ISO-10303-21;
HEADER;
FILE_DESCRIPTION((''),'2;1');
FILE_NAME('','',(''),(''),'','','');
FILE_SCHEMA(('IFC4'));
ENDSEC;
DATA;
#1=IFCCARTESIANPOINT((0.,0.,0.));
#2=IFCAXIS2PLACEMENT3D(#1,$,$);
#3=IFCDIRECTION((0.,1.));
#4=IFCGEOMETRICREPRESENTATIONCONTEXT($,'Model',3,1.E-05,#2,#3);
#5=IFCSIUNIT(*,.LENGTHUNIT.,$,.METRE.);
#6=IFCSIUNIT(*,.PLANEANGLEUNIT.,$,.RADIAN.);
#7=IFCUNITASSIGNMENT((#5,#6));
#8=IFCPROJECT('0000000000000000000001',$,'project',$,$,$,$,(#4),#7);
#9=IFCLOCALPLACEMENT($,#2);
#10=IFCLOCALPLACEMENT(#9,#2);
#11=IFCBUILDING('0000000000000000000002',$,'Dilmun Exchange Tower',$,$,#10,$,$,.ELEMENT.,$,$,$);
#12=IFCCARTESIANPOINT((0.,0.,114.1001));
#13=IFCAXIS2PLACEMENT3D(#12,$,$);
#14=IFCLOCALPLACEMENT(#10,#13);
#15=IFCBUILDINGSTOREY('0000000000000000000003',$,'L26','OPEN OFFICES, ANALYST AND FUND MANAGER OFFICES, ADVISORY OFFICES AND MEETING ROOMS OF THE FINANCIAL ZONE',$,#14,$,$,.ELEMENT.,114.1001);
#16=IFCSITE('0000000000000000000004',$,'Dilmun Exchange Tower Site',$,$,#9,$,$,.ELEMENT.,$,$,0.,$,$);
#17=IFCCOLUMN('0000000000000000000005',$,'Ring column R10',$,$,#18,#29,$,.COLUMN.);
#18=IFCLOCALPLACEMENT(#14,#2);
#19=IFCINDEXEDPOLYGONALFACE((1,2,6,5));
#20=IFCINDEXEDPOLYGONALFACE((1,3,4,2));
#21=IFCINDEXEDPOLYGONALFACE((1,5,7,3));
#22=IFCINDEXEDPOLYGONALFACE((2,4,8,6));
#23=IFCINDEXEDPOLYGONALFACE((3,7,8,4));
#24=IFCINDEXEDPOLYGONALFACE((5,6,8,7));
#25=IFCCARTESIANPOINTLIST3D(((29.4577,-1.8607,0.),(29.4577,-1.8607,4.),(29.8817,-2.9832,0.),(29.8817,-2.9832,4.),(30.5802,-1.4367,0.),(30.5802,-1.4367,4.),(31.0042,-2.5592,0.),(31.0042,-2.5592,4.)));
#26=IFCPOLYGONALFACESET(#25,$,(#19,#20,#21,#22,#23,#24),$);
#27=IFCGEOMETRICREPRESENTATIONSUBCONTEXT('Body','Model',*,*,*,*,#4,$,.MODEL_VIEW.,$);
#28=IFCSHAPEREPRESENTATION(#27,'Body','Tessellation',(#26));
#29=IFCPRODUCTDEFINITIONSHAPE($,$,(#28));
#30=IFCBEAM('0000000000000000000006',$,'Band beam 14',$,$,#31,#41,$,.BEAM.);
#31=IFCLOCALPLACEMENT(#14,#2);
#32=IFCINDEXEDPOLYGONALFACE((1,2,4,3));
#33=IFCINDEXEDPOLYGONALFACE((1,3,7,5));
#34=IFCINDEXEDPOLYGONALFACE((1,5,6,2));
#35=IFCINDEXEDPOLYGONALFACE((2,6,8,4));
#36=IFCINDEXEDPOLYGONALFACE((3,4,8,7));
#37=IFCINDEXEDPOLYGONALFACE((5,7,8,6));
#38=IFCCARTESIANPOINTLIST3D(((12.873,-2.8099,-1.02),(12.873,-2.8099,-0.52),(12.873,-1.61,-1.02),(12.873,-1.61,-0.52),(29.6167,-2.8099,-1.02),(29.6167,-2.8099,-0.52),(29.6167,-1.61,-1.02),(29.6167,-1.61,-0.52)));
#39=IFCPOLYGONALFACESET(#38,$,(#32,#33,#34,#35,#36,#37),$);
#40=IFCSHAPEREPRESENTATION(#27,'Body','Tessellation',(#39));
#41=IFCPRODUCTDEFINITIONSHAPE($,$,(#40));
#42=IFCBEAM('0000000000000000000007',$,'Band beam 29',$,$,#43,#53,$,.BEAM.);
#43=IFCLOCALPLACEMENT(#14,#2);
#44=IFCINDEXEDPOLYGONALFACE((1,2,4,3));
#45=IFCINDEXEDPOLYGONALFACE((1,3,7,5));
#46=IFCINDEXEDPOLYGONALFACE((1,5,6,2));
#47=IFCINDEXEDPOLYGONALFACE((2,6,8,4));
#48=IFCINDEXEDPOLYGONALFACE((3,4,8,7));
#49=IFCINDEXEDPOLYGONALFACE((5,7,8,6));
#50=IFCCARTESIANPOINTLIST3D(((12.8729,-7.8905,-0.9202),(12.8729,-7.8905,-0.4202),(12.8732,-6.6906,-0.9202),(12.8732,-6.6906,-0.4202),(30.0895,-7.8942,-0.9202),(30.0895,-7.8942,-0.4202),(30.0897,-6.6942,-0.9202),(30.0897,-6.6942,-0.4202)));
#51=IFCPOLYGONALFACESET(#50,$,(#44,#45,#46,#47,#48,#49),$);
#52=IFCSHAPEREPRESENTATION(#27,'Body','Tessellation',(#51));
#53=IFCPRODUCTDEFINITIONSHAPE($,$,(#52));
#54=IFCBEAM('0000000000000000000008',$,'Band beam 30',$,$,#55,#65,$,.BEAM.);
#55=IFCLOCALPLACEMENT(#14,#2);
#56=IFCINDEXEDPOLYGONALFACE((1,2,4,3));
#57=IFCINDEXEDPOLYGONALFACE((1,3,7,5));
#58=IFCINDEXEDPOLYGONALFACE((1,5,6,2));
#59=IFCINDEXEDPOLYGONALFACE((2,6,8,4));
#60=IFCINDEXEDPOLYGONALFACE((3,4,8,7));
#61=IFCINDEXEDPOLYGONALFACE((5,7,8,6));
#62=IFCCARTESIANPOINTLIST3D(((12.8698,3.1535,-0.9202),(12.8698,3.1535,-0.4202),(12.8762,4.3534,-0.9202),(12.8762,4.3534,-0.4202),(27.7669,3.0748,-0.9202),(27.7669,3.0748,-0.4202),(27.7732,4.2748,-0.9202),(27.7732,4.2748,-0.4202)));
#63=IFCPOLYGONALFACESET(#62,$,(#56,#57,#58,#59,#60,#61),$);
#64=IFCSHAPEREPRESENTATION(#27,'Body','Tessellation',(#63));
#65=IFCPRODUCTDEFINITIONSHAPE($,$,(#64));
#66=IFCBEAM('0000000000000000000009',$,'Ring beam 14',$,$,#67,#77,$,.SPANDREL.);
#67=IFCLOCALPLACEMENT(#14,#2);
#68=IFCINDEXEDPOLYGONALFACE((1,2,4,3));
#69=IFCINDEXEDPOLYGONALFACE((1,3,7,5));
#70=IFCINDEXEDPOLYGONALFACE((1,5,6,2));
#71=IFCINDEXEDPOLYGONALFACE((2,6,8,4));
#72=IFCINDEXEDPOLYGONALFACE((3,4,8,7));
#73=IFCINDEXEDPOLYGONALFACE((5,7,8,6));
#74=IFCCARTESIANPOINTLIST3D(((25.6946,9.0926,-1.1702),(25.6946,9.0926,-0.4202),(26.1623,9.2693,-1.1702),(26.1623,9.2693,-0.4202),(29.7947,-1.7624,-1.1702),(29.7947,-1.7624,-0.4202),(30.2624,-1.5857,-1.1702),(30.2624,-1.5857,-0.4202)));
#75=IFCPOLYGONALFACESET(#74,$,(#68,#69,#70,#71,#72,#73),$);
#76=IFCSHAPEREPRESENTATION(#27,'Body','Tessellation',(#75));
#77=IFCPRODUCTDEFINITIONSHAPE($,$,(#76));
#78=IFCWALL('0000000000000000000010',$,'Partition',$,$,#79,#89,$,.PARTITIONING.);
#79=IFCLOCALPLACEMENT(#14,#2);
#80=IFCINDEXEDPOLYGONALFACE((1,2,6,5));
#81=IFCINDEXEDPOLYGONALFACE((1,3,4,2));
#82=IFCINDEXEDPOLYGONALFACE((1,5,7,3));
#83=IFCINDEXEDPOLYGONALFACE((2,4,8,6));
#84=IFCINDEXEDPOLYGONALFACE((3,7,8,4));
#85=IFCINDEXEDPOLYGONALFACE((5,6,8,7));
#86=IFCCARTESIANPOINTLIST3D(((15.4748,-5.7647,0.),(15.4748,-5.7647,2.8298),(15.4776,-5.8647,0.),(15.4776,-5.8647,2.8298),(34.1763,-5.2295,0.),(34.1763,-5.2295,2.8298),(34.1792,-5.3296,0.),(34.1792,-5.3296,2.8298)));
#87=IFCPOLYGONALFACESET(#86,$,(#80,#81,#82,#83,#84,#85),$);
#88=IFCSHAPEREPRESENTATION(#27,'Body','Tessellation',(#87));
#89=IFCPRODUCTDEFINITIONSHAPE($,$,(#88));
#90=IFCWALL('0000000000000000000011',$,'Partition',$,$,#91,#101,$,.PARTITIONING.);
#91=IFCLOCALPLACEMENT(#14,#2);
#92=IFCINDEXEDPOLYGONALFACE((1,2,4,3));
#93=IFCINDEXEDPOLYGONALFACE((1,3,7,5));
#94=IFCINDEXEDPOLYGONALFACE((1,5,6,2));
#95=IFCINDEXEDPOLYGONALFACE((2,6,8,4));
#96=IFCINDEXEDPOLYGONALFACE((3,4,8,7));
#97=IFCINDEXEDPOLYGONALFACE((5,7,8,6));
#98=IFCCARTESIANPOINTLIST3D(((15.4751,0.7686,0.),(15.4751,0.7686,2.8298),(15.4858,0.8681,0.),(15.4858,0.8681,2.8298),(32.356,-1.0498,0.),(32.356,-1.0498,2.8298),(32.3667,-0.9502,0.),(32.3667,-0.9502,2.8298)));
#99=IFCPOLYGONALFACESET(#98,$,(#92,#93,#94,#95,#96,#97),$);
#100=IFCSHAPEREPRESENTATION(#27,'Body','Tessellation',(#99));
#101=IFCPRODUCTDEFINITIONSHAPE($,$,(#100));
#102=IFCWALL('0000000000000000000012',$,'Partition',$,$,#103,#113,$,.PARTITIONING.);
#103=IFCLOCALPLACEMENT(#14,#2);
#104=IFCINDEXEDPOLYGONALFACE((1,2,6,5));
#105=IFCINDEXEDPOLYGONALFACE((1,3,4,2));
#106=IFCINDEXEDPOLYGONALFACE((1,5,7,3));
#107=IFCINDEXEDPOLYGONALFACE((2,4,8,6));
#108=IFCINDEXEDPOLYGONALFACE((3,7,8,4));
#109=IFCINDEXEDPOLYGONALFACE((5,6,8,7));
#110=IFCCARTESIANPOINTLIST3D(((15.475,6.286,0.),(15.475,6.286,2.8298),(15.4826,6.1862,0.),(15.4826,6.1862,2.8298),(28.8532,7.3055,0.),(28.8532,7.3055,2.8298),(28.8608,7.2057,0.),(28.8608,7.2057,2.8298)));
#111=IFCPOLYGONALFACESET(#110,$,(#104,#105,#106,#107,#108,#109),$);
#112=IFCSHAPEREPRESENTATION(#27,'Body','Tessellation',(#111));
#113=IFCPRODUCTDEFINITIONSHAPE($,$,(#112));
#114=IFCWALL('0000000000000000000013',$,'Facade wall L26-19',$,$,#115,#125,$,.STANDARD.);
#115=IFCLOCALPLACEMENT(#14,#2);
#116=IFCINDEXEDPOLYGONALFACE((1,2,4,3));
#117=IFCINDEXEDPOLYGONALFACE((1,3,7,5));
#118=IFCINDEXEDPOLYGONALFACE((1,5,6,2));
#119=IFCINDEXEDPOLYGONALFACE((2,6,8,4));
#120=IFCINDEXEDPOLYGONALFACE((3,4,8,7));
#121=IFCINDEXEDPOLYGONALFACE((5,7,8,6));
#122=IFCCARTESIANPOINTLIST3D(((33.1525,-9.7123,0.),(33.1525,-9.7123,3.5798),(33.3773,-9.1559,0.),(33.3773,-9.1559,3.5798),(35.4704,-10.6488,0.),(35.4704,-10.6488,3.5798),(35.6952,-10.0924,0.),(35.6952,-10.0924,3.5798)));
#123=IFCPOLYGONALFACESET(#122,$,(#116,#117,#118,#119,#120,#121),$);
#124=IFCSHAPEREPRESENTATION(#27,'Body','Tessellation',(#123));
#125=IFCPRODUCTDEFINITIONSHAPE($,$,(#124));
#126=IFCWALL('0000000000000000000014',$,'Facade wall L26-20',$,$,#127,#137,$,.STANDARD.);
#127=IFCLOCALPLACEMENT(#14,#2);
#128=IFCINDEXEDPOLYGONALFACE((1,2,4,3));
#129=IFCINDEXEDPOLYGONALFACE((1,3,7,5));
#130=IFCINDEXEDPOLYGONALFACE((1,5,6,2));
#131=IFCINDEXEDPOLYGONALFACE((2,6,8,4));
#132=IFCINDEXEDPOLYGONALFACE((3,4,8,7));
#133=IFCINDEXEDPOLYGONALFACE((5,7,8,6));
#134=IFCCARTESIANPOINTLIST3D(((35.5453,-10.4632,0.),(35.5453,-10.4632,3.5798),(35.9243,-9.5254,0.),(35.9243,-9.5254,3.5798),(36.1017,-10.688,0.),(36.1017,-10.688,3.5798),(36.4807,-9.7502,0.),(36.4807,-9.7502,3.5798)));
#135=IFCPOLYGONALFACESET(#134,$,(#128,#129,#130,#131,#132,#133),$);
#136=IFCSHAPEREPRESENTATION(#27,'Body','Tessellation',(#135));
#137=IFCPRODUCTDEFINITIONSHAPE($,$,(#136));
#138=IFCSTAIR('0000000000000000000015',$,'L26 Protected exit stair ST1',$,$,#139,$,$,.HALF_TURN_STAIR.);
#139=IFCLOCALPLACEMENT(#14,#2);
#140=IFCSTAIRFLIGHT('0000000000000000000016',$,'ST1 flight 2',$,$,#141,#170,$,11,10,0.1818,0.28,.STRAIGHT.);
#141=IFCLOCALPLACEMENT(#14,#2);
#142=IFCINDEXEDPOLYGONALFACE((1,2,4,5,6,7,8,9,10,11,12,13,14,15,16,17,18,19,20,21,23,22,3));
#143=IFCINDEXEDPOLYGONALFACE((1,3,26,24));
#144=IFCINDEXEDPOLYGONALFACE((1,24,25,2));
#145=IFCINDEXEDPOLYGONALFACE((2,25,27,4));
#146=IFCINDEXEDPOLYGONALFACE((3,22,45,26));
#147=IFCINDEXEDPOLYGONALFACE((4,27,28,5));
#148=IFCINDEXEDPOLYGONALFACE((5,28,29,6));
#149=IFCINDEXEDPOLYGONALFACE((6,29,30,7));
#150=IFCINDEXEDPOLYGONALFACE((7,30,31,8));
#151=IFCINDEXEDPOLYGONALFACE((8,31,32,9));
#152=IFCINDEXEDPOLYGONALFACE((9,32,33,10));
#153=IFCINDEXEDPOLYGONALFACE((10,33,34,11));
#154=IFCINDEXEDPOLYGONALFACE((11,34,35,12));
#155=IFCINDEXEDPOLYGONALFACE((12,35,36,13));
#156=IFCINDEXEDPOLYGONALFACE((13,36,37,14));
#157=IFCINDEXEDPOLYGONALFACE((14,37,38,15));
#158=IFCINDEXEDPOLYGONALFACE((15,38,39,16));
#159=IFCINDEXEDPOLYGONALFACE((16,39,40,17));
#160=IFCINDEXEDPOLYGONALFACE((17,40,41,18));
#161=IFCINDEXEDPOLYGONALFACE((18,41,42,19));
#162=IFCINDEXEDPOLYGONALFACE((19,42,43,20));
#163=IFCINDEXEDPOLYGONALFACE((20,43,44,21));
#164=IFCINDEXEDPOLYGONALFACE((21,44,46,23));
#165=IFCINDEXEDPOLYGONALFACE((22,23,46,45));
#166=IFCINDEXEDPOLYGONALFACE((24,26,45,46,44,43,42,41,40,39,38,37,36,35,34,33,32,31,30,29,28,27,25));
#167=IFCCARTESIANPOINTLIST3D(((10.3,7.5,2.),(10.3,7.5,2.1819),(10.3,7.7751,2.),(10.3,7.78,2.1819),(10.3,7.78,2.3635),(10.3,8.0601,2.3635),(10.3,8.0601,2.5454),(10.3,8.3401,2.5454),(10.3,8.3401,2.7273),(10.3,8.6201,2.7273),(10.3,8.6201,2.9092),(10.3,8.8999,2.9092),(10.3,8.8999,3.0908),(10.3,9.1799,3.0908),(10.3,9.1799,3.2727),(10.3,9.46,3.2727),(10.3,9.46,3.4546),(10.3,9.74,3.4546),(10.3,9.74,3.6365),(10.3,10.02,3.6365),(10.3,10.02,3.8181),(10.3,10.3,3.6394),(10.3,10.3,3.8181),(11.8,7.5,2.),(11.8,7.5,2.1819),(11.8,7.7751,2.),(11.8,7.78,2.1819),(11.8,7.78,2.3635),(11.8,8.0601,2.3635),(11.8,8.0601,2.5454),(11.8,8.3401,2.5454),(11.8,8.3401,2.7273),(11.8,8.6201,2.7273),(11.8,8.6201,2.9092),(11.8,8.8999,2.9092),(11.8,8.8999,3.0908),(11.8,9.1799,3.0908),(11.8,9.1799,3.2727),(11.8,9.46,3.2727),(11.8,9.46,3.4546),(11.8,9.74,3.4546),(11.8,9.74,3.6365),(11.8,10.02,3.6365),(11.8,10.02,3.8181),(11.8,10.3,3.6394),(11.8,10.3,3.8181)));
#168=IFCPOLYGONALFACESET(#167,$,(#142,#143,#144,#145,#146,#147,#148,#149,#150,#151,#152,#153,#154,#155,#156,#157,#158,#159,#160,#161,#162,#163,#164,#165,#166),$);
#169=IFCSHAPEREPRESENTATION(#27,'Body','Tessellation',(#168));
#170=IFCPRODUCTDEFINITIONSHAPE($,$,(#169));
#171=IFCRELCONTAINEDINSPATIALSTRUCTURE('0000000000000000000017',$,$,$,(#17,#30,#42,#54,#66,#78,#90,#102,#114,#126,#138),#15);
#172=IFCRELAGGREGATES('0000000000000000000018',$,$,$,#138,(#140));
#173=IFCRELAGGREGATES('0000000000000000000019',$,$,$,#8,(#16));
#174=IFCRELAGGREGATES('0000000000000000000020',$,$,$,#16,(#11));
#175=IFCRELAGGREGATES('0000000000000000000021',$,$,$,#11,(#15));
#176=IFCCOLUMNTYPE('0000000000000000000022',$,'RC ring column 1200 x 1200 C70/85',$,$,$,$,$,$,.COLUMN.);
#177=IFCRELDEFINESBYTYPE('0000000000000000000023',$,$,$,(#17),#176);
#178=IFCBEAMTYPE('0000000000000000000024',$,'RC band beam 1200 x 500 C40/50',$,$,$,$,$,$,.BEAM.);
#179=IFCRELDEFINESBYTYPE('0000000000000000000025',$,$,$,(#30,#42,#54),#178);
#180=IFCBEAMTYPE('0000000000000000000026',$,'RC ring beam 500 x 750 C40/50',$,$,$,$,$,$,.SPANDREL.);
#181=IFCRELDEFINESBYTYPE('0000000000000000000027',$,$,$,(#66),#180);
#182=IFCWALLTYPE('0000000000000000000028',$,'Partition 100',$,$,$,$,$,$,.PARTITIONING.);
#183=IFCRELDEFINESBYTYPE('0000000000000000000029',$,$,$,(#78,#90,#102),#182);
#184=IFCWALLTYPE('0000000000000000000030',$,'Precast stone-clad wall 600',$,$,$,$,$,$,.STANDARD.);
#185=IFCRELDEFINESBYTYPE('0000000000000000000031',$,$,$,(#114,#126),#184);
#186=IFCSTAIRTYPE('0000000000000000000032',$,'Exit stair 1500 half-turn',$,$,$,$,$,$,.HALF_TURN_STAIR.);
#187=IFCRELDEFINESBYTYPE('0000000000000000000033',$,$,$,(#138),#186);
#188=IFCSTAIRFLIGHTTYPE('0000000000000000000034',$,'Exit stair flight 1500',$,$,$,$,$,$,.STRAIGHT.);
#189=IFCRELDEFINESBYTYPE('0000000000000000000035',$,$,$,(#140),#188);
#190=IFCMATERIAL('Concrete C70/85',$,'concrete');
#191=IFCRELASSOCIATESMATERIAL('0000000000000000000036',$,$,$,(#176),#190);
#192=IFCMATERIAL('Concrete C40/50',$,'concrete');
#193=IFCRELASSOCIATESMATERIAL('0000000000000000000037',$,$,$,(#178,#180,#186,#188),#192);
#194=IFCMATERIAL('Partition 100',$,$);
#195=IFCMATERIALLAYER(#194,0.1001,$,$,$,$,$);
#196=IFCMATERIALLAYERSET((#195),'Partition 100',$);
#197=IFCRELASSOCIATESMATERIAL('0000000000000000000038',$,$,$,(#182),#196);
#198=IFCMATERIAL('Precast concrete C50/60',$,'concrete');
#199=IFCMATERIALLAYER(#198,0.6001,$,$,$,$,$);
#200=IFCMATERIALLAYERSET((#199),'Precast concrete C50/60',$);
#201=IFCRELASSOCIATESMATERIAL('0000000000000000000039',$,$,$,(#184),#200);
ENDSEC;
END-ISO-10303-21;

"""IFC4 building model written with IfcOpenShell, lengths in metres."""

from ifc_helpers import new_model, si_unit, direction, frame, frame_2d, origin, origin_2d, place, context, subcontext, project, spatial, polyline, rectangle, outline, extrude, material, layer, layer_set, material_profile, profile_set, type_object, element, aggregate, save


model = new_model("IFC4")

# Units and contexts
model_context = context("Model", 3, precision=1e-05, world=origin(), true_north=direction((0.0, 1.0)))
body_context = subcontext(model_context, "Body", "Model", "MODEL_VIEW")
ifc_project = project(units=[si_unit("LENGTHUNIT", "METRE"), si_unit("PLANEANGLEUNIT", "RADIAN")], contexts=[model_context])

# Site, building, storey
site_placement = place(None, origin())
site = spatial("IfcSite", under=ifc_project, at=site_placement, Name="Dilmun Exchange Tower Site", CompositionType="ELEMENT", RefElevation=0.0)
building_placement = place(site_placement, origin())
building = spatial("IfcBuilding", under=site, at=building_placement, Name="Dilmun Exchange Tower", CompositionType="ELEMENT")
storey_placement = place(building_placement, frame((0.0, 0.0, 114.1001)))
storey = spatial("IfcBuildingStorey", under=building, at=storey_placement, Name="L26", Description="OPEN OFFICES, ANALYST AND FUND MANAGER OFFICES, ADVISORY OFFICES AND MEETING ROOMS OF THE FINANCIAL ZONE", CompositionType="ELEMENT", Elevation=114.1001)

# Column
ifc_material_1 = material(Name="Concrete C70/85", Category="concrete")
ifc_material_profile_1 = material_profile(ifc_material_1, rectangle(XDim=1.2, YDim=1.2, at=origin_2d()), Name="1200 x 1200")
ifc_profile_set_1 = profile_set([ifc_material_profile_1], Name="Concrete C70/85")
column_type = type_object("IfcColumnType", Name="RC ring column 1200 x 1200 C70/85", PredefinedType="COLUMN", material=ifc_profile_set_1)
column_placement = place(storey_placement, frame((30.231, -2.21, 0.0), z_axis=(0.0, 0.0, 1.0), x_axis=(0.935492, 0.353349, 0.0)))
element("IfcColumn", 1, at=column_placement, inside=storey, type_object=column_type, Name="Ring column R10", PredefinedType="COLUMN", context=body_context, shape_type="SweptSolid", body=[
    extrude(rectangle(XDim=1.2, YDim=1.2, at=origin_2d()), origin(), (0.0, 0.0, 1.0), 4.0),
])

# Beams
ifc_material_2 = material(Name="Concrete C40/50", Category="concrete")
ifc_material_profile_2 = material_profile(ifc_material_2, rectangle(XDim=1.2, YDim=0.5, at=origin_2d()), Name="1200 x 500")
ifc_profile_set_2 = profile_set([ifc_material_profile_2], Name="Concrete C40/50")
beam_type_1 = type_object("IfcBeamType", Name="RC band beam 1200 x 500 C40/50", PredefinedType="BEAM", material=ifc_profile_set_2)
beam_1_placement = place(storey_placement, frame((29.6167, -2.21, -0.77), z_axis=(-1.0, 0.0, 0.0), x_axis=(0.0, -1.0, 0.0)))
element("IfcBeam", 2, at=beam_1_placement, inside=storey, type_object=beam_type_1, Name="Band beam 14", PredefinedType="BEAM", context=body_context, shape_type="SweptSolid", body=[
    extrude(rectangle(XDim=1.2, YDim=0.5, at=origin_2d()), origin(), (0.0, 0.0, 1.0), 16.7437),
])
beam_2_placement = place(storey_placement, frame((30.0896, -7.2942, -0.6702), z_axis=(-1.0, 0.000213, 0.0), x_axis=(-0.000213, -1.0, 0.0)))
element("IfcBeam", 3, at=beam_2_placement, inside=storey, type_object=beam_type_1, Name="Band beam 29", PredefinedType="BEAM", context=body_context, shape_type="SweptSolid", body=[
    extrude(rectangle(XDim=1.2, YDim=0.5, at=origin_2d()), origin(), (0.0, 0.0, 1.0), 17.2166),
])
beam_3_placement = place(storey_placement, frame((27.77, 3.6748, -0.6702), z_axis=(-0.999986, 0.005277, 0.0), x_axis=(-0.005277, -0.999986, 0.0)))
element("IfcBeam", 4, at=beam_3_placement, inside=storey, type_object=beam_type_1, Name="Band beam 30", PredefinedType="BEAM", context=body_context, shape_type="SweptSolid", body=[
    extrude(rectangle(XDim=1.2, YDim=0.5, at=origin_2d()), origin(), (0.0, 0.0, 1.0), 14.8972),
])
ifc_material_profile_3 = material_profile(ifc_material_2, rectangle(XDim=0.5, YDim=0.75, at=origin_2d()), Name="500 x 750")
ifc_profile_set_3 = profile_set([ifc_material_profile_3], Name="Concrete C40/50")
beam_type_2 = type_object("IfcBeamType", Name="RC ring beam 500 x 750 C40/50", PredefinedType="SPANDREL", material=ifc_profile_set_3)
beam_4_placement = place(storey_placement, frame((30.0286, -1.6741, -0.7952), z_axis=(-0.35335, 0.935491, 0.0), x_axis=(-0.935491, -0.35335, 0.0)))
element("IfcBeam", 5, at=beam_4_placement, inside=storey, type_object=beam_type_2, Name="Ring beam 14", PredefinedType="SPANDREL", context=body_context, shape_type="SweptSolid", body=[
    extrude(rectangle(XDim=0.5, YDim=0.75, at=origin_2d()), origin(), (0.0, 0.0, 1.0), 11.6035),
])

# Walls
ifc_material_3 = material(Name="Partition 100")
ifc_layer_1 = layer(ifc_material_3, 0.1001)
ifc_layer_set_1 = layer_set([ifc_layer_1], Name="Partition 100")
wall_type_1 = type_object("IfcWallType", Name="Partition 100", PredefinedType="PARTITIONING", material=ifc_layer_set_1)
wall_1_placement = place(storey_placement, frame((15.4763, -5.8147, 0.0), z_axis=(0.0, 0.0, 1.0), x_axis=(0.999591, 0.028604, 0.0)))
element("IfcWall", 6, at=wall_1_placement, inside=storey, type_object=wall_type_1, Name="Partition", PredefinedType="PARTITIONING", context=body_context, shape_type="SweptSolid", body=[
    extrude(rectangle(XDim=18.7092, YDim=0.1001, at=frame_2d((9.3545, 0.0))), origin(), (0.0, 0.0, 1.0), 2.8298),
])
wall_2_placement = place(storey_placement, frame((15.4805, 0.8184, 0.0), z_axis=(0.0, 0.0, 1.0), x_axis=(0.994249, -0.107098, 0.0)))
element("IfcWall", 7, at=wall_2_placement, inside=storey, type_object=wall_type_1, Name="Partition", PredefinedType="PARTITIONING", context=body_context, shape_type="SweptSolid", body=[
    extrude(rectangle(XDim=16.9785, YDim=0.1001, at=frame_2d((8.4893, 0.0))), origin(), (0.0, 0.0, 1.0), 2.8298),
])
wall_3_placement = place(storey_placement, frame((15.4788, 6.2361, 0.0), z_axis=(0.0, 0.0, 1.0), x_axis=(0.997109, 0.075988, 0.0)))
element("IfcWall", 8, at=wall_3_placement, inside=storey, type_object=wall_type_1, Name="Partition", PredefinedType="PARTITIONING", context=body_context, shape_type="SweptSolid", body=[
    extrude(rectangle(XDim=13.417, YDim=0.1001, at=frame_2d((6.7085, 0.0))), origin(), (0.0, 0.0, 1.0), 2.8298),
])
ifc_material_4 = material(Name="Precast concrete C50/60", Category="concrete")
ifc_layer_2 = layer(ifc_material_4, 0.6001)
ifc_layer_set_2 = layer_set([ifc_layer_2], Name="Precast concrete C50/60")
wall_type_2 = type_object("IfcWallType", Name="Precast stone-clad wall 600", PredefinedType="STANDARD", material=ifc_layer_set_2)
wall_4_placement = place(storey_placement, frame((33.2649, -9.4341, 0.0), z_axis=(0.0, 0.0, 1.0), x_axis=(0.927178, -0.374621, 0.0)))
element("IfcWall", 9, at=wall_4_placement, inside=storey, type_object=wall_type_2, Name="Facade wall L26-19", PredefinedType="STANDARD", context=body_context, shape_type="SweptSolid", body=[
    extrude(rectangle(XDim=2.5, YDim=0.6001, at=frame_2d((1.25, 0.0))), origin(), (0.0, 0.0, 1.0), 3.5798),
])
wall_5_placement = place(storey_placement, frame((35.8235, -10.5757, 0.0), z_axis=(0.0, 0.0, 1.0), x_axis=(0.374635, 0.927173, 0.0)))
element("IfcWall", 10, at=wall_5_placement, inside=storey, type_object=wall_type_2, Name="Facade wall L26-20", PredefinedType="STANDARD", context=body_context, shape_type="SweptSolid", body=[
    extrude(rectangle(XDim=1.0115, YDim=0.6001, at=frame_2d((0.5059, 0.0))), origin(), (0.0, 0.0, 1.0), 3.5798),
])

# Stair, stair flight
stair_type = type_object("IfcStairType", Name="Exit stair 1500 half-turn", PredefinedType="HALF_TURN_STAIR", material=ifc_material_2)
stair_placement = place(storey_placement, origin())
stair = element("IfcStair", 11, at=stair_placement, inside=storey, type_object=stair_type, Name="L26 Protected exit stair ST1", PredefinedType="HALF_TURN_STAIR")
stair_flight_type = type_object("IfcStairFlightType", Name="Exit stair flight 1500", PredefinedType="STRAIGHT", material=ifc_material_2)
stair_flight_placement = place(storey_placement, frame((11.05, 7.5, 2.0), z_axis=(0.0, 0.0, 1.0), x_axis=(0.0, 1.0, 0.0)))
stair_flight = element("IfcStairFlight", 12, at=stair_flight_placement, type_object=stair_flight_type, Name="ST1 flight 2", NumberOfRisers=11, NumberOfTreads=10, PredefinedType="STRAIGHT", RiserHeight=0.1818, TreadLength=0.28, context=body_context, shape_type="SweptSolid", body=[
    extrude(outline(polyline([(0.0, 0.0), (0.0, 0.1819), (0.28, 0.1819), (0.28, 0.3635), (0.5601, 0.3635), (0.5601, 0.5454), (0.8401, 0.5454), (0.8401, 0.7273), (1.1201, 0.7273), (1.1201, 0.9092), (1.3999, 0.9092), (1.3999, 1.0908), (1.6799, 1.0908), (1.6799, 1.2727), (1.96, 1.2727), (1.96, 1.4546), (2.24, 1.4546), (2.24, 1.6365), (2.52, 1.6365), (2.52, 1.8181), (2.8, 1.8181), (2.8, 2.0), (2.8, 1.6394), (0.2751, 0.0), (0.0, 0.0)])), frame((0.0, 0.75, 0.0), z_axis=(0.0, -1.0, 0.0), x_axis=(1.0, 0.0, 0.0)), (0.0, 0.0, 1.0), 1.5),
])
aggregate(stair, [stair_flight])

save(model, "model.ifc")
